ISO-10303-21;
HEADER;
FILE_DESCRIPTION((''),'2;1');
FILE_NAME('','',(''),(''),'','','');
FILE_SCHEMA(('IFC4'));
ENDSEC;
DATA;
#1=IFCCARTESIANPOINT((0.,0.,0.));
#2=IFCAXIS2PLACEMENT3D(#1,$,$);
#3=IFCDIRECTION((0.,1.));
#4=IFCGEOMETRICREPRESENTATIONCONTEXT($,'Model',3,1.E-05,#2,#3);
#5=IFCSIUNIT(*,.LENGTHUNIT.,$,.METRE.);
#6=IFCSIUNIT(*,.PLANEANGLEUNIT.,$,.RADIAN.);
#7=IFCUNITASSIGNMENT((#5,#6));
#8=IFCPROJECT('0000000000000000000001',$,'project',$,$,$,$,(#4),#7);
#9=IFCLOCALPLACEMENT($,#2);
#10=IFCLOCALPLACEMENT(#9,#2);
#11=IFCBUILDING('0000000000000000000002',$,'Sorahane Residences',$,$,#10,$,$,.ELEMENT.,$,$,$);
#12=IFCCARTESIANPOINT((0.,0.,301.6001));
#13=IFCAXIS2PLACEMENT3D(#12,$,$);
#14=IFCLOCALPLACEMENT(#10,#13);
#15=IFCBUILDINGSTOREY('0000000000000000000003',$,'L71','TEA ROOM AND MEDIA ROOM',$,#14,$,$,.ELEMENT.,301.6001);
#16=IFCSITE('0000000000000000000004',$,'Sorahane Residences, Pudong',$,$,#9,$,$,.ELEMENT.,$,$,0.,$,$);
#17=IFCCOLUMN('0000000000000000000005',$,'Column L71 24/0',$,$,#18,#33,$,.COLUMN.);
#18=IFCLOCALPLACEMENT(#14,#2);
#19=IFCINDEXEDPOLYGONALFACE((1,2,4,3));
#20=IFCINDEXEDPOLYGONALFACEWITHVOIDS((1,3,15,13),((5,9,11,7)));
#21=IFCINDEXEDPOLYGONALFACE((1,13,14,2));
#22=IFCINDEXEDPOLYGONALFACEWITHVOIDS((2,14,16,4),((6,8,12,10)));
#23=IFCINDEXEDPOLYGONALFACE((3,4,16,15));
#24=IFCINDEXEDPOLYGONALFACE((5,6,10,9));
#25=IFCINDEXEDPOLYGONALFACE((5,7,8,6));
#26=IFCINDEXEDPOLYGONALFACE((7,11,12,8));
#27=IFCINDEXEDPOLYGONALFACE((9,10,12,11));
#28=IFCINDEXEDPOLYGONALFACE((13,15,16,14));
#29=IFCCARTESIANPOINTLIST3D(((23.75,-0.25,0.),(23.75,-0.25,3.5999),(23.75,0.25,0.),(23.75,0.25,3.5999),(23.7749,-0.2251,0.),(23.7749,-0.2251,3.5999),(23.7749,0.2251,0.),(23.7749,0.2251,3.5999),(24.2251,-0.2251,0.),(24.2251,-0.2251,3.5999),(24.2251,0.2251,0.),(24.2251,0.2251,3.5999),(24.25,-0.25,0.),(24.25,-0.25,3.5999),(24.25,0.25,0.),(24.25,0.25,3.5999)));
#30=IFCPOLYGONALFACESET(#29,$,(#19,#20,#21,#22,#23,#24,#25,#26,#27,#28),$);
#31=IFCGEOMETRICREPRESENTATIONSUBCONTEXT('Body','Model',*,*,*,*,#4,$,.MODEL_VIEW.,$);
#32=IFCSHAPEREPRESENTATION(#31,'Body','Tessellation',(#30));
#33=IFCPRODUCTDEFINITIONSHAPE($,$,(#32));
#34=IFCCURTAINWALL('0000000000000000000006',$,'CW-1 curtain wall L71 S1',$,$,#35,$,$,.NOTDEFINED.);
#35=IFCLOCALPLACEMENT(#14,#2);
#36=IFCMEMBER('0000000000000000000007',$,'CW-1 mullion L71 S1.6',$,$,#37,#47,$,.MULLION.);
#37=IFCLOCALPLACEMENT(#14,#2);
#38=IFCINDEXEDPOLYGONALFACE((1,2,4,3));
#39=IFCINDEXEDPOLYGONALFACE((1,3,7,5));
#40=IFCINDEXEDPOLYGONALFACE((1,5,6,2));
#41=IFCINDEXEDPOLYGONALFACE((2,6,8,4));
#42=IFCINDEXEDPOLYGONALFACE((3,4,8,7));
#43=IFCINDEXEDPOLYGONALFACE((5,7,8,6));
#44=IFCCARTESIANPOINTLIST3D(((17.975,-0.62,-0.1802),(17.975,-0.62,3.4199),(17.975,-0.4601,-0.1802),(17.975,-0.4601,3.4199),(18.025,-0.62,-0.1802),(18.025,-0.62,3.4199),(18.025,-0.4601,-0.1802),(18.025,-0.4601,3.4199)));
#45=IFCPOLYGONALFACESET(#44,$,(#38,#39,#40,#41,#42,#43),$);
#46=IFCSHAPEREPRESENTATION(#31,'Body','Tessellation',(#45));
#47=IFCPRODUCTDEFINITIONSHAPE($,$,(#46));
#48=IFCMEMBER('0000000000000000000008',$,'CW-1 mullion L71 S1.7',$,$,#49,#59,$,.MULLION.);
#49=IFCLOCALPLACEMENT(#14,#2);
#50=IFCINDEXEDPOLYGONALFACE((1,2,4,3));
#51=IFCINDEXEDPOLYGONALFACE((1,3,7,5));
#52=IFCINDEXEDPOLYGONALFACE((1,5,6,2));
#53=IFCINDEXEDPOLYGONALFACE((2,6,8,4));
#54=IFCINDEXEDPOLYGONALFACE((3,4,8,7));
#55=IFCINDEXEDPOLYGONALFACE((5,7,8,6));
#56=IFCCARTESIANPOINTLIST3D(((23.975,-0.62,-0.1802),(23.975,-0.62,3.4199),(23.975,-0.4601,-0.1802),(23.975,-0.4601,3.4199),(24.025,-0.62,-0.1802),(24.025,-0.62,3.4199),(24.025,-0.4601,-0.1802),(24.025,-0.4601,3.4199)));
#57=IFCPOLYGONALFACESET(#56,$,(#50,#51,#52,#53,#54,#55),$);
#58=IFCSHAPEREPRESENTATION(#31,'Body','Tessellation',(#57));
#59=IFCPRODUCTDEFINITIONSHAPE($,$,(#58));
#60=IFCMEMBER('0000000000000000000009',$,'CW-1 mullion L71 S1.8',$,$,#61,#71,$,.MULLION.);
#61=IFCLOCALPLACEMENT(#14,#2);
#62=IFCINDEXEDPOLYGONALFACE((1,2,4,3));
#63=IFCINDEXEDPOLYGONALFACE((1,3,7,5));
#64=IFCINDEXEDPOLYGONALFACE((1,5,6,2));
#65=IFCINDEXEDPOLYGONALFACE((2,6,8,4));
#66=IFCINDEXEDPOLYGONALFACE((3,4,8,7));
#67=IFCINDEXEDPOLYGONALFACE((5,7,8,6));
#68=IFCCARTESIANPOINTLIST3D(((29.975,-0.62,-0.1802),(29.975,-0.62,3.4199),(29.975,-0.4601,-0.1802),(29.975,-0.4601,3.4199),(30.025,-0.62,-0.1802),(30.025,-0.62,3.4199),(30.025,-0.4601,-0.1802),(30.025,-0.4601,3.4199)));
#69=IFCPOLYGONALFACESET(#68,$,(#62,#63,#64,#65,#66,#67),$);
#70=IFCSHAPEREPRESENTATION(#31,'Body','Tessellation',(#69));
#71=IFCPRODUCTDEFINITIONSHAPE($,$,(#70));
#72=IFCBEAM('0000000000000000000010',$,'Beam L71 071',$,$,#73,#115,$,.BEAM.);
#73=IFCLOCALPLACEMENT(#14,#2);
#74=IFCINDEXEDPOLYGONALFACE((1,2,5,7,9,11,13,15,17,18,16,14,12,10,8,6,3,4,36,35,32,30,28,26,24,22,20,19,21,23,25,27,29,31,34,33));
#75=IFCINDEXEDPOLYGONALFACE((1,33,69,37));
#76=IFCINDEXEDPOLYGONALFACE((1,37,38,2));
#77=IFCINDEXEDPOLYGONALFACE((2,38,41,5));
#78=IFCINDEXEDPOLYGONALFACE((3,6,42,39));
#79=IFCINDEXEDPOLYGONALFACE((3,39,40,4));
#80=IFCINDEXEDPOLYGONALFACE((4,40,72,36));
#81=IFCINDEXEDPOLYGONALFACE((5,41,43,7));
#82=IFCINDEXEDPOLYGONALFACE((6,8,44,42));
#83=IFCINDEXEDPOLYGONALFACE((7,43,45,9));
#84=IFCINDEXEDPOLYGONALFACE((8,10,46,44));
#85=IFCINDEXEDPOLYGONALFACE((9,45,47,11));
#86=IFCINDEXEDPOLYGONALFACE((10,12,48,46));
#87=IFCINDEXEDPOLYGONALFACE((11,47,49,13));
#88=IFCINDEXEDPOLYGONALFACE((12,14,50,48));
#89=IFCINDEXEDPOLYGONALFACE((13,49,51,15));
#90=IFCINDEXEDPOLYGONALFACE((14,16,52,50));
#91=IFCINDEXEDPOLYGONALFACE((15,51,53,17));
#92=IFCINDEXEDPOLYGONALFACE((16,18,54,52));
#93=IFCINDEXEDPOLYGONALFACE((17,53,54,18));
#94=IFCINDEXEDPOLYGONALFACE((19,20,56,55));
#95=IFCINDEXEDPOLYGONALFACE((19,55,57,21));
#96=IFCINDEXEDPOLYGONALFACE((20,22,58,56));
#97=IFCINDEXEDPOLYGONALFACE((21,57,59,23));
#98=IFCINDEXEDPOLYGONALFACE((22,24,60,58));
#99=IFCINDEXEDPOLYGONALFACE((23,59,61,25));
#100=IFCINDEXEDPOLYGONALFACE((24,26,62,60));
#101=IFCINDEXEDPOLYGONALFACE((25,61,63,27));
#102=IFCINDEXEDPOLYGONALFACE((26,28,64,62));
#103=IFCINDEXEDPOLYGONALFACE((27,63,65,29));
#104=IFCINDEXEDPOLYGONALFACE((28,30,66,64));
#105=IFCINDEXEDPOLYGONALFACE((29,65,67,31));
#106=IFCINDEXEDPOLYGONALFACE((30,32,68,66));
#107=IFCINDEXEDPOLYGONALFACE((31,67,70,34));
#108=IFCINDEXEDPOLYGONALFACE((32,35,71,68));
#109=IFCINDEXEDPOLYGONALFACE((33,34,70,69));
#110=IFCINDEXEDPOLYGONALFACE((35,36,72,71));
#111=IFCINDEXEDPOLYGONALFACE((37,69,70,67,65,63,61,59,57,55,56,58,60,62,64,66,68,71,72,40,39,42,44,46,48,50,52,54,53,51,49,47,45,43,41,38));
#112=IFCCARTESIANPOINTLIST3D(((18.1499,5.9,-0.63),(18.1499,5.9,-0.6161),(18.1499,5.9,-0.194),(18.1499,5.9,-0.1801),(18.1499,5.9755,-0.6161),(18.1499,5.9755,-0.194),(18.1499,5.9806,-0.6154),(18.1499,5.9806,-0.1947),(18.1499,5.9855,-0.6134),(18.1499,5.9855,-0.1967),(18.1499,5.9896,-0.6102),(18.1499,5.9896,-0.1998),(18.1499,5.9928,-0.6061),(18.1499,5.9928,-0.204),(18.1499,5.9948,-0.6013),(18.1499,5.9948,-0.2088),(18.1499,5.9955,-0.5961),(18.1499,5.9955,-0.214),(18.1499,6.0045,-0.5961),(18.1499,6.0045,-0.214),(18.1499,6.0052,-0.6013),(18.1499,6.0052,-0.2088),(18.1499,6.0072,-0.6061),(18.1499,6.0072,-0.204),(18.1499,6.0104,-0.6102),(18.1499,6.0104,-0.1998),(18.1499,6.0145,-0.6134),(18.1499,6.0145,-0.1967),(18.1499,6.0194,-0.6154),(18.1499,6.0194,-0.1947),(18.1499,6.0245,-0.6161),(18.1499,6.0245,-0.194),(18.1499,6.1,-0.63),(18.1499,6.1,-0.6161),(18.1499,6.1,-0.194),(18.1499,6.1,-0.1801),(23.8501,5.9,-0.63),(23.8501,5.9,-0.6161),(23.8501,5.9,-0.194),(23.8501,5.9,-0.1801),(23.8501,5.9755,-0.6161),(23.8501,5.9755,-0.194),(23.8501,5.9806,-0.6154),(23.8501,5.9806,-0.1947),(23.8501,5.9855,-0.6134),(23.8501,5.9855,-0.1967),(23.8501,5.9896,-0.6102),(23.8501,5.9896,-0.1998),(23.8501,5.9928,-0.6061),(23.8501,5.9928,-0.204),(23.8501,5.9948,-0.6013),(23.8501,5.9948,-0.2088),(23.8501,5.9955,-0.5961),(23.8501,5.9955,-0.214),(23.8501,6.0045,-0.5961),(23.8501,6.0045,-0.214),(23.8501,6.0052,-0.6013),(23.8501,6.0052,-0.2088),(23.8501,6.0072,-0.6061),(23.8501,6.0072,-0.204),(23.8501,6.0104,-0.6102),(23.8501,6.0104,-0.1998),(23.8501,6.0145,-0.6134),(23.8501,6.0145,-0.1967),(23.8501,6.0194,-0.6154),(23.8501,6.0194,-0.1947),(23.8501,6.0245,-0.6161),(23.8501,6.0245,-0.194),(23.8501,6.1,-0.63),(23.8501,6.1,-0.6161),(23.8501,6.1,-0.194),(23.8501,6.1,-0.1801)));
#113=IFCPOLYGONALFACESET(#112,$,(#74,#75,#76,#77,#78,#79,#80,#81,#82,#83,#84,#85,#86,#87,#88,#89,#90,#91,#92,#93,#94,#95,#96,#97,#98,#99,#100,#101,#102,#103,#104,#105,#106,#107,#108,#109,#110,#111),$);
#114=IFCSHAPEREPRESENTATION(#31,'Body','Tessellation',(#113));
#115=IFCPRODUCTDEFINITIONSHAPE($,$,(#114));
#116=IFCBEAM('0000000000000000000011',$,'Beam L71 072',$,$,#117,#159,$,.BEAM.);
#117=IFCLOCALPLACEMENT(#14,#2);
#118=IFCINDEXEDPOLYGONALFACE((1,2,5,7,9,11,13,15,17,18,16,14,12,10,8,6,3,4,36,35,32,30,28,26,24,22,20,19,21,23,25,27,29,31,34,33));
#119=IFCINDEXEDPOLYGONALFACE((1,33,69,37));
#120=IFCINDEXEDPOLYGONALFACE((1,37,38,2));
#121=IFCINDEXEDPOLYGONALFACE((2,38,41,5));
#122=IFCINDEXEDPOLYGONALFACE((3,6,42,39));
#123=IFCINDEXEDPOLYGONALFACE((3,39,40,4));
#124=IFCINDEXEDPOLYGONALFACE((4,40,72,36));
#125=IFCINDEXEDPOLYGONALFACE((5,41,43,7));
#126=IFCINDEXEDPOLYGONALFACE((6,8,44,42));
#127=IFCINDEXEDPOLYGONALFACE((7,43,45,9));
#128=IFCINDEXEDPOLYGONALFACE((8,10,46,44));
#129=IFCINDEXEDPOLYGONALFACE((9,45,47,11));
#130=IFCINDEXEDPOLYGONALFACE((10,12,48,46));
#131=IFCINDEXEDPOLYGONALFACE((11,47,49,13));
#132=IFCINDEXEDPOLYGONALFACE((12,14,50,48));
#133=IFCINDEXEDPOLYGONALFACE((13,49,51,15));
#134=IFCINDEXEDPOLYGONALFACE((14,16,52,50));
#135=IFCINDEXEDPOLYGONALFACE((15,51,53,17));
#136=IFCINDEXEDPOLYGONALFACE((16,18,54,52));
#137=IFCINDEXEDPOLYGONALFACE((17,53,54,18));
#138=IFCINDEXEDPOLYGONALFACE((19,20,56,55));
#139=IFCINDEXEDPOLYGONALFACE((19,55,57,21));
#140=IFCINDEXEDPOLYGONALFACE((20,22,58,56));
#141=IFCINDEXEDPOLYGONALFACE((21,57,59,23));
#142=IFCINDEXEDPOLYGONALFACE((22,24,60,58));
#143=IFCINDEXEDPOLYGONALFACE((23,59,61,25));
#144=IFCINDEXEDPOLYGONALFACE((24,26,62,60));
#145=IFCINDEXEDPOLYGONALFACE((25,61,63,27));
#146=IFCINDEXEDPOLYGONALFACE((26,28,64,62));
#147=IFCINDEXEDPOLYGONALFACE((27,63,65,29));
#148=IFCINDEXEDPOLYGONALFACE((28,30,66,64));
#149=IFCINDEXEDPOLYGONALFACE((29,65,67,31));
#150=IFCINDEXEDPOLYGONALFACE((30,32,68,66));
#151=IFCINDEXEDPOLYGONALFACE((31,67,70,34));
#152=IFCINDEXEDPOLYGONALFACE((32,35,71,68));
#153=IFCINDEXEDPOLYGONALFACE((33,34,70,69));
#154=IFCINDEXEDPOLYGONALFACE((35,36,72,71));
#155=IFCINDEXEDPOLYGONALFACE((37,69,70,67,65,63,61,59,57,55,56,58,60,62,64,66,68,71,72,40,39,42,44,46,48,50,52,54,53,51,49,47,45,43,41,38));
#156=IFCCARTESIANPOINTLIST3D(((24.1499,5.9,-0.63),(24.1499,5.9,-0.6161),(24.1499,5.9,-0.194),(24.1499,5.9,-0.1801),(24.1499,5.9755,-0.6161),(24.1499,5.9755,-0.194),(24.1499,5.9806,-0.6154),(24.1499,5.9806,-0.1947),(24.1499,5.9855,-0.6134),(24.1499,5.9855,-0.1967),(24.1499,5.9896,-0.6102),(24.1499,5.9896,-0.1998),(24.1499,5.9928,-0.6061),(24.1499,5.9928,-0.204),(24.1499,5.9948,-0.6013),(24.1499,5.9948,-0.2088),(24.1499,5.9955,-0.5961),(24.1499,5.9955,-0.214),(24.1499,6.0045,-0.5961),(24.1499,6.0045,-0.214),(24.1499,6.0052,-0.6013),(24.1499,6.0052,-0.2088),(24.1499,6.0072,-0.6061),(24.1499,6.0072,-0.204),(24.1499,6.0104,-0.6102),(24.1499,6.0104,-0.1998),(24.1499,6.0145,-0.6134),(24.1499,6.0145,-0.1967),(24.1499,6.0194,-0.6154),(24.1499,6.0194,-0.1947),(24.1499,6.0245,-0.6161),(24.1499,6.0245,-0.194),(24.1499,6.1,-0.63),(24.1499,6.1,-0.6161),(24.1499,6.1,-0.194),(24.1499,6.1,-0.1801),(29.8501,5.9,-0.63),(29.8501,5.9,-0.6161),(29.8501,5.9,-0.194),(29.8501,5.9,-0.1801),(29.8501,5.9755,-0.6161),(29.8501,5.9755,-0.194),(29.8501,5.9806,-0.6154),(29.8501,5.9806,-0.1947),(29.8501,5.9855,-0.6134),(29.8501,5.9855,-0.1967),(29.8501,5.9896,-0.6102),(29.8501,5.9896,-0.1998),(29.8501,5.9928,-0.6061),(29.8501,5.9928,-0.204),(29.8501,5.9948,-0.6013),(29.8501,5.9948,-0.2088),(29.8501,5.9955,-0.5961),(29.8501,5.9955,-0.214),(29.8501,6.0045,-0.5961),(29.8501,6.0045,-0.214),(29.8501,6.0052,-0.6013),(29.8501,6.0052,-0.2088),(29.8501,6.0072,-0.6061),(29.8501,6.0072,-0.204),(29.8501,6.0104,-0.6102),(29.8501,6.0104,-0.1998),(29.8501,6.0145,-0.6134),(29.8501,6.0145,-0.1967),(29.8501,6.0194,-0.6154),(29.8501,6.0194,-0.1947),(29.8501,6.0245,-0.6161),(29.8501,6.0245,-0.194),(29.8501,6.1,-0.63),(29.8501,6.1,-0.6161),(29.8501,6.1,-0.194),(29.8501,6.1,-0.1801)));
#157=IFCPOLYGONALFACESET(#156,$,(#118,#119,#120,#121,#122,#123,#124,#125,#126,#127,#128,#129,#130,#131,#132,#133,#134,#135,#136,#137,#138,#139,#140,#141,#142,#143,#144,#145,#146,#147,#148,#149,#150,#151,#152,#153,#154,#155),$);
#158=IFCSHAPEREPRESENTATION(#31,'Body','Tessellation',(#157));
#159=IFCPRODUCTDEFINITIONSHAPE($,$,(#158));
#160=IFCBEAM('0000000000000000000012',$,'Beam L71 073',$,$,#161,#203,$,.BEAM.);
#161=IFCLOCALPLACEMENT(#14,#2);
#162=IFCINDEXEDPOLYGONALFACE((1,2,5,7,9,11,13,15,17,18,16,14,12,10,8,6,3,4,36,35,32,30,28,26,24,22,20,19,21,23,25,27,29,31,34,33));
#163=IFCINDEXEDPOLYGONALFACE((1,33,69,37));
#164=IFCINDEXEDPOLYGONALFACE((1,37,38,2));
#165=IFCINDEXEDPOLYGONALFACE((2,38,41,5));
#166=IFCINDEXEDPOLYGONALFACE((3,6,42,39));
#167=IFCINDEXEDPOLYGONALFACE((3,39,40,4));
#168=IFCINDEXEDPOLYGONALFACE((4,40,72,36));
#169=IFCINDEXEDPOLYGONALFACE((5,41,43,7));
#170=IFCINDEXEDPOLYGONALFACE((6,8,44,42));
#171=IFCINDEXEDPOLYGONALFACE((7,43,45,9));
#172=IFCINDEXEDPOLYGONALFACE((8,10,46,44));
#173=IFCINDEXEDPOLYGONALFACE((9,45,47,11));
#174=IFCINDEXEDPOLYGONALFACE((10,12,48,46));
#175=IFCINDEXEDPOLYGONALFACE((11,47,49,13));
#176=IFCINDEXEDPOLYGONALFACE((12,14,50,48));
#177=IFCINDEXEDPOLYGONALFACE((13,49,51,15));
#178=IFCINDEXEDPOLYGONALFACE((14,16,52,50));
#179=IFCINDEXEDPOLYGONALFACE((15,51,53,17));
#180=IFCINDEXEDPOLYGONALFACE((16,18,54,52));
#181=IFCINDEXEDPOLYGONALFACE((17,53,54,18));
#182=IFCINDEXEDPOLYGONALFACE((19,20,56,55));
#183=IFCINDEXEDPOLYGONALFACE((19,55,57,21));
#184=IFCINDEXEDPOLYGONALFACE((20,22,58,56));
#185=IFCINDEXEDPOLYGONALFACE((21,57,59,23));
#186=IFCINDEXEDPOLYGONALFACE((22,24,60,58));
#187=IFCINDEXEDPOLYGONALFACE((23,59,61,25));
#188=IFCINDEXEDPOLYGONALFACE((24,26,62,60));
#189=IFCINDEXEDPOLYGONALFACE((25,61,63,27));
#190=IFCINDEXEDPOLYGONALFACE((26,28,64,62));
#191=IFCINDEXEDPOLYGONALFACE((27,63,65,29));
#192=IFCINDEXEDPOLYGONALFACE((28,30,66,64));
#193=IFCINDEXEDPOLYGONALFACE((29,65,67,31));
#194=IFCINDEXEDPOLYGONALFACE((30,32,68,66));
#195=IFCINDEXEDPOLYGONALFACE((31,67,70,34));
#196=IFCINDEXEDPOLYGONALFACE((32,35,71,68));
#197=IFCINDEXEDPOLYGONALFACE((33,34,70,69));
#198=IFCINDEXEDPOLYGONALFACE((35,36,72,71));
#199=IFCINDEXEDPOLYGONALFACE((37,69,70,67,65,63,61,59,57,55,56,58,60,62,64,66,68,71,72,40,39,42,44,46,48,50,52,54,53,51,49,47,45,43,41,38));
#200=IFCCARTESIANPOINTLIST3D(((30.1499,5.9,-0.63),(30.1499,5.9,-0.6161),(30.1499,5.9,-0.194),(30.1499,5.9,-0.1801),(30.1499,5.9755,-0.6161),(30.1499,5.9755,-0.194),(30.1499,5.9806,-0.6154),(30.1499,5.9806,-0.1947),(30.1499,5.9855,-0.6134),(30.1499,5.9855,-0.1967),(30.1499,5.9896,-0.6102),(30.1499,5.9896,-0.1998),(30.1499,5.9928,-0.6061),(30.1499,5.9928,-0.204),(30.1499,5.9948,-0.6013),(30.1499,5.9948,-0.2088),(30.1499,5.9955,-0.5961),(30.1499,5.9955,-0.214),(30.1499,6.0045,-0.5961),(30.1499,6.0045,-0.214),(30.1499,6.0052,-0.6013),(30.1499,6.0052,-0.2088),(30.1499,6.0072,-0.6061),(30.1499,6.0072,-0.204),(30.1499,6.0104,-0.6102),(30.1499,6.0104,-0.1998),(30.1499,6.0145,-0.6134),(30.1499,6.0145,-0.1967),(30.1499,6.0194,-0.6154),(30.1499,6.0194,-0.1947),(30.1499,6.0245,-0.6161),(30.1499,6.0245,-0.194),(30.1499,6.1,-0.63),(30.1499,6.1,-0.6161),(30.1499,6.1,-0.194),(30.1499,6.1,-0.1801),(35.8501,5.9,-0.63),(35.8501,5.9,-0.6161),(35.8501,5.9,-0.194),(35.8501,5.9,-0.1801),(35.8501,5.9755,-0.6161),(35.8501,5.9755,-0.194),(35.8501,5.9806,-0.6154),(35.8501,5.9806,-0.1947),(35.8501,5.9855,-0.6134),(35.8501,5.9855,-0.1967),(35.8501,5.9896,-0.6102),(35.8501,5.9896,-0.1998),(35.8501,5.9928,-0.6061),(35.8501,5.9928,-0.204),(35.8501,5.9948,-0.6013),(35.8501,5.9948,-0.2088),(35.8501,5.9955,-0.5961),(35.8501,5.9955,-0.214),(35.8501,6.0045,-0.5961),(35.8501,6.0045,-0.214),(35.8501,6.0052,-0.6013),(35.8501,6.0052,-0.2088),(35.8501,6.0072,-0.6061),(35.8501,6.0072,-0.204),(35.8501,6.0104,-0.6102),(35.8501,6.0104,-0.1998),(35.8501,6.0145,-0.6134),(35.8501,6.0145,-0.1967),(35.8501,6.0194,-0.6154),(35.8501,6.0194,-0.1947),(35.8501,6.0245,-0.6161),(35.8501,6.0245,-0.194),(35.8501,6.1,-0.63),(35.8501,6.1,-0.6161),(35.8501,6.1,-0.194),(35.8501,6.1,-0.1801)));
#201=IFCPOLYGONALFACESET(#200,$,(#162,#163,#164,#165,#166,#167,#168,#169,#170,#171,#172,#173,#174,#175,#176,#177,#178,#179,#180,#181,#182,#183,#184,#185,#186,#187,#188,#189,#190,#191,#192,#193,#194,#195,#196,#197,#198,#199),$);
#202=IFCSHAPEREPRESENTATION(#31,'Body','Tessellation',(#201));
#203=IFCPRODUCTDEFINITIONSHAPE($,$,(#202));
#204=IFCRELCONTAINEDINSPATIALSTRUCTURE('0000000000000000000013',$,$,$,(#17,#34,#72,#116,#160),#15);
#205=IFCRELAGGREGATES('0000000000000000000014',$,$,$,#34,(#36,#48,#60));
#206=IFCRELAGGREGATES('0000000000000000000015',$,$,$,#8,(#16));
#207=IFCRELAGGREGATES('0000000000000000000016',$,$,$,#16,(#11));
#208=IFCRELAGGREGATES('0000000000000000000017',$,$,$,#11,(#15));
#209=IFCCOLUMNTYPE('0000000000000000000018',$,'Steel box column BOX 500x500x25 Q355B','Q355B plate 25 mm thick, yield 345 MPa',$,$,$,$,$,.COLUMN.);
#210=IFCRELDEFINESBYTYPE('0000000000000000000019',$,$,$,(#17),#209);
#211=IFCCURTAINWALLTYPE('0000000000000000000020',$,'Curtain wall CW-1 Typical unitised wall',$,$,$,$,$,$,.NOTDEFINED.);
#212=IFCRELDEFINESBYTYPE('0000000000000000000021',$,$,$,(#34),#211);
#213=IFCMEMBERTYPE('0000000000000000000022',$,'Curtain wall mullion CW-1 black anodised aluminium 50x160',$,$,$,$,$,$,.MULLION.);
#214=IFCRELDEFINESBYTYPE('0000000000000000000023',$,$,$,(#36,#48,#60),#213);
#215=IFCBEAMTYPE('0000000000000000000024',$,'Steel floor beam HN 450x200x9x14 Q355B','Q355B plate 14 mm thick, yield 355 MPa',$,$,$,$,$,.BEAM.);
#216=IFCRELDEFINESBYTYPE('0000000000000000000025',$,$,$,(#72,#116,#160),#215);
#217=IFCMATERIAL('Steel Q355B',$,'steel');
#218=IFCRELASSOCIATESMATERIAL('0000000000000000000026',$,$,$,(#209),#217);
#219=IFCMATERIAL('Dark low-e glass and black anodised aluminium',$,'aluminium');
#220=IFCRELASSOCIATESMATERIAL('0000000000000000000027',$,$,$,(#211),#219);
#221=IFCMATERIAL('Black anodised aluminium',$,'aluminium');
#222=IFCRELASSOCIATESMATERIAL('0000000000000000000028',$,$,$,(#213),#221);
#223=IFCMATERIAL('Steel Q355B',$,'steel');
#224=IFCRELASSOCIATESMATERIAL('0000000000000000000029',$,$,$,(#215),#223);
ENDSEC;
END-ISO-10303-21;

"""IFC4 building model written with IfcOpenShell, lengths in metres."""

from ifc_helpers import new_model, si_unit, direction, frame, origin, origin_2d, place, context, subcontext, project, spatial, rectangle, hollow_rectangle, i_section, extrude, material, material_profile, profile_set, type_object, element, aggregate, save


model = new_model("IFC4")

# Units and contexts
model_context = context("Model", 3, precision=1e-05, world=origin(), true_north=direction((0.0, 1.0)))
body_context = subcontext(model_context, "Body", "Model", "MODEL_VIEW")
ifc_project = project(units=[si_unit("LENGTHUNIT", "METRE"), si_unit("PLANEANGLEUNIT", "RADIAN")], contexts=[model_context])

# Site, building, storey
site_placement = place(None, origin())
site = spatial("IfcSite", under=ifc_project, at=site_placement, Name="Sorahane Residences, Pudong", CompositionType="ELEMENT", RefElevation=0.0)
building_placement = place(site_placement, origin())
building = spatial("IfcBuilding", under=site, at=building_placement, Name="Sorahane Residences", CompositionType="ELEMENT")
storey_placement = place(building_placement, frame((0.0, 0.0, 301.6001)))
storey = spatial("IfcBuildingStorey", under=building, at=storey_placement, Name="L71", Description="TEA ROOM AND MEDIA ROOM", CompositionType="ELEMENT", Elevation=301.6001)

# Column
ifc_material_1 = material(Name="Steel Q355B", Category="steel")
ifc_material_profile_1 = material_profile(ifc_material_1, hollow_rectangle(XDim=0.5, YDim=0.5, WallThickness=0.0249, at=origin_2d()), Name="BOX 500x500x25")
ifc_profile_set_1 = profile_set([ifc_material_profile_1], Name="Steel Q355B")
column_type = type_object("IfcColumnType", Name="Steel box column BOX 500x500x25 Q355B", Description="Q355B plate 25 mm thick, yield 345 MPa", PredefinedType="COLUMN", material=ifc_profile_set_1)
column_placement = place(storey_placement, frame((24.0, 0.0, 0.0), z_axis=(0.0, 0.0, 1.0), x_axis=(1.0, 0.0, 0.0)))
element("IfcColumn", 1, at=column_placement, inside=storey, type_object=column_type, Name="Column L71 24/0", PredefinedType="COLUMN", context=body_context, shape_type="SweptSolid", body=[
    extrude(hollow_rectangle(XDim=0.5, YDim=0.5, WallThickness=0.0249, at=origin_2d()), origin(), (0.0, 0.0, 1.0), 3.5999),
])

# Curtain wall, members
ifc_material_2 = material(Name="Dark low-e glass and black anodised aluminium", Category="aluminium")
curtain_wall_type = type_object("IfcCurtainWallType", Name="Curtain wall CW-1 Typical unitised wall", PredefinedType="NOTDEFINED", material=ifc_material_2)
curtain_wall_placement = place(storey_placement, origin())
curtain_wall = element("IfcCurtainWall", 2, at=curtain_wall_placement, inside=storey, type_object=curtain_wall_type, Name="CW-1 curtain wall L71 S1", PredefinedType="NOTDEFINED")
ifc_material_3 = material(Name="Black anodised aluminium", Category="aluminium")
ifc_material_profile_2 = material_profile(ifc_material_3, rectangle(XDim=0.1599, YDim=0.05, at=origin_2d()), Name="Curtain wall mullion CW-1 black anodised aluminium 50x160")
ifc_profile_set_2 = profile_set([ifc_material_profile_2], Name="Black anodised aluminium")
member_type = type_object("IfcMemberType", Name="Curtain wall mullion CW-1 black anodised aluminium 50x160", PredefinedType="MULLION", material=ifc_profile_set_2)
member_1_placement = place(storey_placement, frame((18.0, -0.54, -0.1802), z_axis=(0.0, 0.0, 1.0), x_axis=(0.0, -1.0, 0.0)))
member_1 = element("IfcMember", 3, at=member_1_placement, type_object=member_type, Name="CW-1 mullion L71 S1.6", PredefinedType="MULLION", context=body_context, shape_type="SweptSolid", body=[
    extrude(rectangle(XDim=0.1599, YDim=0.05, at=origin_2d()), origin(), (0.0, 0.0, 1.0), 3.6001),
])
member_2_placement = place(storey_placement, frame((24.0, -0.54, -0.1802), z_axis=(0.0, 0.0, 1.0), x_axis=(0.0, -1.0, 0.0)))
member_2 = element("IfcMember", 4, at=member_2_placement, type_object=member_type, Name="CW-1 mullion L71 S1.7", PredefinedType="MULLION", context=body_context, shape_type="SweptSolid", body=[
    extrude(rectangle(XDim=0.1599, YDim=0.05, at=origin_2d()), origin(), (0.0, 0.0, 1.0), 3.6001),
])
member_3_placement = place(storey_placement, frame((30.0, -0.54, -0.1802), z_axis=(0.0, 0.0, 1.0), x_axis=(0.0, -1.0, 0.0)))
member_3 = element("IfcMember", 5, at=member_3_placement, type_object=member_type, Name="CW-1 mullion L71 S1.8", PredefinedType="MULLION", context=body_context, shape_type="SweptSolid", body=[
    extrude(rectangle(XDim=0.1599, YDim=0.05, at=origin_2d()), origin(), (0.0, 0.0, 1.0), 3.6001),
])

# Beams
ifc_material_4 = material(Name="Steel Q355B", Category="steel")
ifc_material_profile_3 = material_profile(ifc_material_4, i_section(OverallWidth=0.2, OverallDepth=0.45, WebThickness=0.009, FlangeThickness=0.0139, FilletRadius=0.02, at=origin_2d()), Name="HN 450x200x9x14")
ifc_profile_set_3 = profile_set([ifc_material_profile_3], Name="Steel Q355B")
beam_type_1 = type_object("IfcBeamType", Name="Steel floor beam HN 450x200x9x14 Q355B", Description="Q355B plate 14 mm thick, yield 355 MPa", PredefinedType="BEAM", material=ifc_profile_set_3)
for number, where, z_axis, x_axis, name in (
    (6, (18.1499, 6.0, -0.405), (1.0, 0.0, 0.0), (0.0, 1.0, 0.0), "Beam L71 071"),
    (7, (24.1499, 6.0, -0.405), (1.0, 0.0, 0.0), (0.0, 1.0, 0.0), "Beam L71 072"),
    (8, (30.1499, 6.0, -0.405), (1.0, 0.0, 0.0), (0.0, 1.0, 0.0), "Beam L71 073"),
):
    element("IfcBeam", number, at=place(storey_placement, frame(where, z_axis=z_axis, x_axis=x_axis)), inside=storey, type_object=beam_type_1, Name=name, PredefinedType="BEAM", context=body_context, shape_type="SweptSolid", body=[
        extrude(i_section(OverallWidth=0.2, OverallDepth=0.45, WebThickness=0.009, FlangeThickness=0.0139, FilletRadius=0.02, at=origin_2d()), origin(), (0.0, 0.0, 1.0), 5.7002),
    ])

aggregate(curtain_wall, [member_1, member_2, member_3])

save(model, "model.ifc")
